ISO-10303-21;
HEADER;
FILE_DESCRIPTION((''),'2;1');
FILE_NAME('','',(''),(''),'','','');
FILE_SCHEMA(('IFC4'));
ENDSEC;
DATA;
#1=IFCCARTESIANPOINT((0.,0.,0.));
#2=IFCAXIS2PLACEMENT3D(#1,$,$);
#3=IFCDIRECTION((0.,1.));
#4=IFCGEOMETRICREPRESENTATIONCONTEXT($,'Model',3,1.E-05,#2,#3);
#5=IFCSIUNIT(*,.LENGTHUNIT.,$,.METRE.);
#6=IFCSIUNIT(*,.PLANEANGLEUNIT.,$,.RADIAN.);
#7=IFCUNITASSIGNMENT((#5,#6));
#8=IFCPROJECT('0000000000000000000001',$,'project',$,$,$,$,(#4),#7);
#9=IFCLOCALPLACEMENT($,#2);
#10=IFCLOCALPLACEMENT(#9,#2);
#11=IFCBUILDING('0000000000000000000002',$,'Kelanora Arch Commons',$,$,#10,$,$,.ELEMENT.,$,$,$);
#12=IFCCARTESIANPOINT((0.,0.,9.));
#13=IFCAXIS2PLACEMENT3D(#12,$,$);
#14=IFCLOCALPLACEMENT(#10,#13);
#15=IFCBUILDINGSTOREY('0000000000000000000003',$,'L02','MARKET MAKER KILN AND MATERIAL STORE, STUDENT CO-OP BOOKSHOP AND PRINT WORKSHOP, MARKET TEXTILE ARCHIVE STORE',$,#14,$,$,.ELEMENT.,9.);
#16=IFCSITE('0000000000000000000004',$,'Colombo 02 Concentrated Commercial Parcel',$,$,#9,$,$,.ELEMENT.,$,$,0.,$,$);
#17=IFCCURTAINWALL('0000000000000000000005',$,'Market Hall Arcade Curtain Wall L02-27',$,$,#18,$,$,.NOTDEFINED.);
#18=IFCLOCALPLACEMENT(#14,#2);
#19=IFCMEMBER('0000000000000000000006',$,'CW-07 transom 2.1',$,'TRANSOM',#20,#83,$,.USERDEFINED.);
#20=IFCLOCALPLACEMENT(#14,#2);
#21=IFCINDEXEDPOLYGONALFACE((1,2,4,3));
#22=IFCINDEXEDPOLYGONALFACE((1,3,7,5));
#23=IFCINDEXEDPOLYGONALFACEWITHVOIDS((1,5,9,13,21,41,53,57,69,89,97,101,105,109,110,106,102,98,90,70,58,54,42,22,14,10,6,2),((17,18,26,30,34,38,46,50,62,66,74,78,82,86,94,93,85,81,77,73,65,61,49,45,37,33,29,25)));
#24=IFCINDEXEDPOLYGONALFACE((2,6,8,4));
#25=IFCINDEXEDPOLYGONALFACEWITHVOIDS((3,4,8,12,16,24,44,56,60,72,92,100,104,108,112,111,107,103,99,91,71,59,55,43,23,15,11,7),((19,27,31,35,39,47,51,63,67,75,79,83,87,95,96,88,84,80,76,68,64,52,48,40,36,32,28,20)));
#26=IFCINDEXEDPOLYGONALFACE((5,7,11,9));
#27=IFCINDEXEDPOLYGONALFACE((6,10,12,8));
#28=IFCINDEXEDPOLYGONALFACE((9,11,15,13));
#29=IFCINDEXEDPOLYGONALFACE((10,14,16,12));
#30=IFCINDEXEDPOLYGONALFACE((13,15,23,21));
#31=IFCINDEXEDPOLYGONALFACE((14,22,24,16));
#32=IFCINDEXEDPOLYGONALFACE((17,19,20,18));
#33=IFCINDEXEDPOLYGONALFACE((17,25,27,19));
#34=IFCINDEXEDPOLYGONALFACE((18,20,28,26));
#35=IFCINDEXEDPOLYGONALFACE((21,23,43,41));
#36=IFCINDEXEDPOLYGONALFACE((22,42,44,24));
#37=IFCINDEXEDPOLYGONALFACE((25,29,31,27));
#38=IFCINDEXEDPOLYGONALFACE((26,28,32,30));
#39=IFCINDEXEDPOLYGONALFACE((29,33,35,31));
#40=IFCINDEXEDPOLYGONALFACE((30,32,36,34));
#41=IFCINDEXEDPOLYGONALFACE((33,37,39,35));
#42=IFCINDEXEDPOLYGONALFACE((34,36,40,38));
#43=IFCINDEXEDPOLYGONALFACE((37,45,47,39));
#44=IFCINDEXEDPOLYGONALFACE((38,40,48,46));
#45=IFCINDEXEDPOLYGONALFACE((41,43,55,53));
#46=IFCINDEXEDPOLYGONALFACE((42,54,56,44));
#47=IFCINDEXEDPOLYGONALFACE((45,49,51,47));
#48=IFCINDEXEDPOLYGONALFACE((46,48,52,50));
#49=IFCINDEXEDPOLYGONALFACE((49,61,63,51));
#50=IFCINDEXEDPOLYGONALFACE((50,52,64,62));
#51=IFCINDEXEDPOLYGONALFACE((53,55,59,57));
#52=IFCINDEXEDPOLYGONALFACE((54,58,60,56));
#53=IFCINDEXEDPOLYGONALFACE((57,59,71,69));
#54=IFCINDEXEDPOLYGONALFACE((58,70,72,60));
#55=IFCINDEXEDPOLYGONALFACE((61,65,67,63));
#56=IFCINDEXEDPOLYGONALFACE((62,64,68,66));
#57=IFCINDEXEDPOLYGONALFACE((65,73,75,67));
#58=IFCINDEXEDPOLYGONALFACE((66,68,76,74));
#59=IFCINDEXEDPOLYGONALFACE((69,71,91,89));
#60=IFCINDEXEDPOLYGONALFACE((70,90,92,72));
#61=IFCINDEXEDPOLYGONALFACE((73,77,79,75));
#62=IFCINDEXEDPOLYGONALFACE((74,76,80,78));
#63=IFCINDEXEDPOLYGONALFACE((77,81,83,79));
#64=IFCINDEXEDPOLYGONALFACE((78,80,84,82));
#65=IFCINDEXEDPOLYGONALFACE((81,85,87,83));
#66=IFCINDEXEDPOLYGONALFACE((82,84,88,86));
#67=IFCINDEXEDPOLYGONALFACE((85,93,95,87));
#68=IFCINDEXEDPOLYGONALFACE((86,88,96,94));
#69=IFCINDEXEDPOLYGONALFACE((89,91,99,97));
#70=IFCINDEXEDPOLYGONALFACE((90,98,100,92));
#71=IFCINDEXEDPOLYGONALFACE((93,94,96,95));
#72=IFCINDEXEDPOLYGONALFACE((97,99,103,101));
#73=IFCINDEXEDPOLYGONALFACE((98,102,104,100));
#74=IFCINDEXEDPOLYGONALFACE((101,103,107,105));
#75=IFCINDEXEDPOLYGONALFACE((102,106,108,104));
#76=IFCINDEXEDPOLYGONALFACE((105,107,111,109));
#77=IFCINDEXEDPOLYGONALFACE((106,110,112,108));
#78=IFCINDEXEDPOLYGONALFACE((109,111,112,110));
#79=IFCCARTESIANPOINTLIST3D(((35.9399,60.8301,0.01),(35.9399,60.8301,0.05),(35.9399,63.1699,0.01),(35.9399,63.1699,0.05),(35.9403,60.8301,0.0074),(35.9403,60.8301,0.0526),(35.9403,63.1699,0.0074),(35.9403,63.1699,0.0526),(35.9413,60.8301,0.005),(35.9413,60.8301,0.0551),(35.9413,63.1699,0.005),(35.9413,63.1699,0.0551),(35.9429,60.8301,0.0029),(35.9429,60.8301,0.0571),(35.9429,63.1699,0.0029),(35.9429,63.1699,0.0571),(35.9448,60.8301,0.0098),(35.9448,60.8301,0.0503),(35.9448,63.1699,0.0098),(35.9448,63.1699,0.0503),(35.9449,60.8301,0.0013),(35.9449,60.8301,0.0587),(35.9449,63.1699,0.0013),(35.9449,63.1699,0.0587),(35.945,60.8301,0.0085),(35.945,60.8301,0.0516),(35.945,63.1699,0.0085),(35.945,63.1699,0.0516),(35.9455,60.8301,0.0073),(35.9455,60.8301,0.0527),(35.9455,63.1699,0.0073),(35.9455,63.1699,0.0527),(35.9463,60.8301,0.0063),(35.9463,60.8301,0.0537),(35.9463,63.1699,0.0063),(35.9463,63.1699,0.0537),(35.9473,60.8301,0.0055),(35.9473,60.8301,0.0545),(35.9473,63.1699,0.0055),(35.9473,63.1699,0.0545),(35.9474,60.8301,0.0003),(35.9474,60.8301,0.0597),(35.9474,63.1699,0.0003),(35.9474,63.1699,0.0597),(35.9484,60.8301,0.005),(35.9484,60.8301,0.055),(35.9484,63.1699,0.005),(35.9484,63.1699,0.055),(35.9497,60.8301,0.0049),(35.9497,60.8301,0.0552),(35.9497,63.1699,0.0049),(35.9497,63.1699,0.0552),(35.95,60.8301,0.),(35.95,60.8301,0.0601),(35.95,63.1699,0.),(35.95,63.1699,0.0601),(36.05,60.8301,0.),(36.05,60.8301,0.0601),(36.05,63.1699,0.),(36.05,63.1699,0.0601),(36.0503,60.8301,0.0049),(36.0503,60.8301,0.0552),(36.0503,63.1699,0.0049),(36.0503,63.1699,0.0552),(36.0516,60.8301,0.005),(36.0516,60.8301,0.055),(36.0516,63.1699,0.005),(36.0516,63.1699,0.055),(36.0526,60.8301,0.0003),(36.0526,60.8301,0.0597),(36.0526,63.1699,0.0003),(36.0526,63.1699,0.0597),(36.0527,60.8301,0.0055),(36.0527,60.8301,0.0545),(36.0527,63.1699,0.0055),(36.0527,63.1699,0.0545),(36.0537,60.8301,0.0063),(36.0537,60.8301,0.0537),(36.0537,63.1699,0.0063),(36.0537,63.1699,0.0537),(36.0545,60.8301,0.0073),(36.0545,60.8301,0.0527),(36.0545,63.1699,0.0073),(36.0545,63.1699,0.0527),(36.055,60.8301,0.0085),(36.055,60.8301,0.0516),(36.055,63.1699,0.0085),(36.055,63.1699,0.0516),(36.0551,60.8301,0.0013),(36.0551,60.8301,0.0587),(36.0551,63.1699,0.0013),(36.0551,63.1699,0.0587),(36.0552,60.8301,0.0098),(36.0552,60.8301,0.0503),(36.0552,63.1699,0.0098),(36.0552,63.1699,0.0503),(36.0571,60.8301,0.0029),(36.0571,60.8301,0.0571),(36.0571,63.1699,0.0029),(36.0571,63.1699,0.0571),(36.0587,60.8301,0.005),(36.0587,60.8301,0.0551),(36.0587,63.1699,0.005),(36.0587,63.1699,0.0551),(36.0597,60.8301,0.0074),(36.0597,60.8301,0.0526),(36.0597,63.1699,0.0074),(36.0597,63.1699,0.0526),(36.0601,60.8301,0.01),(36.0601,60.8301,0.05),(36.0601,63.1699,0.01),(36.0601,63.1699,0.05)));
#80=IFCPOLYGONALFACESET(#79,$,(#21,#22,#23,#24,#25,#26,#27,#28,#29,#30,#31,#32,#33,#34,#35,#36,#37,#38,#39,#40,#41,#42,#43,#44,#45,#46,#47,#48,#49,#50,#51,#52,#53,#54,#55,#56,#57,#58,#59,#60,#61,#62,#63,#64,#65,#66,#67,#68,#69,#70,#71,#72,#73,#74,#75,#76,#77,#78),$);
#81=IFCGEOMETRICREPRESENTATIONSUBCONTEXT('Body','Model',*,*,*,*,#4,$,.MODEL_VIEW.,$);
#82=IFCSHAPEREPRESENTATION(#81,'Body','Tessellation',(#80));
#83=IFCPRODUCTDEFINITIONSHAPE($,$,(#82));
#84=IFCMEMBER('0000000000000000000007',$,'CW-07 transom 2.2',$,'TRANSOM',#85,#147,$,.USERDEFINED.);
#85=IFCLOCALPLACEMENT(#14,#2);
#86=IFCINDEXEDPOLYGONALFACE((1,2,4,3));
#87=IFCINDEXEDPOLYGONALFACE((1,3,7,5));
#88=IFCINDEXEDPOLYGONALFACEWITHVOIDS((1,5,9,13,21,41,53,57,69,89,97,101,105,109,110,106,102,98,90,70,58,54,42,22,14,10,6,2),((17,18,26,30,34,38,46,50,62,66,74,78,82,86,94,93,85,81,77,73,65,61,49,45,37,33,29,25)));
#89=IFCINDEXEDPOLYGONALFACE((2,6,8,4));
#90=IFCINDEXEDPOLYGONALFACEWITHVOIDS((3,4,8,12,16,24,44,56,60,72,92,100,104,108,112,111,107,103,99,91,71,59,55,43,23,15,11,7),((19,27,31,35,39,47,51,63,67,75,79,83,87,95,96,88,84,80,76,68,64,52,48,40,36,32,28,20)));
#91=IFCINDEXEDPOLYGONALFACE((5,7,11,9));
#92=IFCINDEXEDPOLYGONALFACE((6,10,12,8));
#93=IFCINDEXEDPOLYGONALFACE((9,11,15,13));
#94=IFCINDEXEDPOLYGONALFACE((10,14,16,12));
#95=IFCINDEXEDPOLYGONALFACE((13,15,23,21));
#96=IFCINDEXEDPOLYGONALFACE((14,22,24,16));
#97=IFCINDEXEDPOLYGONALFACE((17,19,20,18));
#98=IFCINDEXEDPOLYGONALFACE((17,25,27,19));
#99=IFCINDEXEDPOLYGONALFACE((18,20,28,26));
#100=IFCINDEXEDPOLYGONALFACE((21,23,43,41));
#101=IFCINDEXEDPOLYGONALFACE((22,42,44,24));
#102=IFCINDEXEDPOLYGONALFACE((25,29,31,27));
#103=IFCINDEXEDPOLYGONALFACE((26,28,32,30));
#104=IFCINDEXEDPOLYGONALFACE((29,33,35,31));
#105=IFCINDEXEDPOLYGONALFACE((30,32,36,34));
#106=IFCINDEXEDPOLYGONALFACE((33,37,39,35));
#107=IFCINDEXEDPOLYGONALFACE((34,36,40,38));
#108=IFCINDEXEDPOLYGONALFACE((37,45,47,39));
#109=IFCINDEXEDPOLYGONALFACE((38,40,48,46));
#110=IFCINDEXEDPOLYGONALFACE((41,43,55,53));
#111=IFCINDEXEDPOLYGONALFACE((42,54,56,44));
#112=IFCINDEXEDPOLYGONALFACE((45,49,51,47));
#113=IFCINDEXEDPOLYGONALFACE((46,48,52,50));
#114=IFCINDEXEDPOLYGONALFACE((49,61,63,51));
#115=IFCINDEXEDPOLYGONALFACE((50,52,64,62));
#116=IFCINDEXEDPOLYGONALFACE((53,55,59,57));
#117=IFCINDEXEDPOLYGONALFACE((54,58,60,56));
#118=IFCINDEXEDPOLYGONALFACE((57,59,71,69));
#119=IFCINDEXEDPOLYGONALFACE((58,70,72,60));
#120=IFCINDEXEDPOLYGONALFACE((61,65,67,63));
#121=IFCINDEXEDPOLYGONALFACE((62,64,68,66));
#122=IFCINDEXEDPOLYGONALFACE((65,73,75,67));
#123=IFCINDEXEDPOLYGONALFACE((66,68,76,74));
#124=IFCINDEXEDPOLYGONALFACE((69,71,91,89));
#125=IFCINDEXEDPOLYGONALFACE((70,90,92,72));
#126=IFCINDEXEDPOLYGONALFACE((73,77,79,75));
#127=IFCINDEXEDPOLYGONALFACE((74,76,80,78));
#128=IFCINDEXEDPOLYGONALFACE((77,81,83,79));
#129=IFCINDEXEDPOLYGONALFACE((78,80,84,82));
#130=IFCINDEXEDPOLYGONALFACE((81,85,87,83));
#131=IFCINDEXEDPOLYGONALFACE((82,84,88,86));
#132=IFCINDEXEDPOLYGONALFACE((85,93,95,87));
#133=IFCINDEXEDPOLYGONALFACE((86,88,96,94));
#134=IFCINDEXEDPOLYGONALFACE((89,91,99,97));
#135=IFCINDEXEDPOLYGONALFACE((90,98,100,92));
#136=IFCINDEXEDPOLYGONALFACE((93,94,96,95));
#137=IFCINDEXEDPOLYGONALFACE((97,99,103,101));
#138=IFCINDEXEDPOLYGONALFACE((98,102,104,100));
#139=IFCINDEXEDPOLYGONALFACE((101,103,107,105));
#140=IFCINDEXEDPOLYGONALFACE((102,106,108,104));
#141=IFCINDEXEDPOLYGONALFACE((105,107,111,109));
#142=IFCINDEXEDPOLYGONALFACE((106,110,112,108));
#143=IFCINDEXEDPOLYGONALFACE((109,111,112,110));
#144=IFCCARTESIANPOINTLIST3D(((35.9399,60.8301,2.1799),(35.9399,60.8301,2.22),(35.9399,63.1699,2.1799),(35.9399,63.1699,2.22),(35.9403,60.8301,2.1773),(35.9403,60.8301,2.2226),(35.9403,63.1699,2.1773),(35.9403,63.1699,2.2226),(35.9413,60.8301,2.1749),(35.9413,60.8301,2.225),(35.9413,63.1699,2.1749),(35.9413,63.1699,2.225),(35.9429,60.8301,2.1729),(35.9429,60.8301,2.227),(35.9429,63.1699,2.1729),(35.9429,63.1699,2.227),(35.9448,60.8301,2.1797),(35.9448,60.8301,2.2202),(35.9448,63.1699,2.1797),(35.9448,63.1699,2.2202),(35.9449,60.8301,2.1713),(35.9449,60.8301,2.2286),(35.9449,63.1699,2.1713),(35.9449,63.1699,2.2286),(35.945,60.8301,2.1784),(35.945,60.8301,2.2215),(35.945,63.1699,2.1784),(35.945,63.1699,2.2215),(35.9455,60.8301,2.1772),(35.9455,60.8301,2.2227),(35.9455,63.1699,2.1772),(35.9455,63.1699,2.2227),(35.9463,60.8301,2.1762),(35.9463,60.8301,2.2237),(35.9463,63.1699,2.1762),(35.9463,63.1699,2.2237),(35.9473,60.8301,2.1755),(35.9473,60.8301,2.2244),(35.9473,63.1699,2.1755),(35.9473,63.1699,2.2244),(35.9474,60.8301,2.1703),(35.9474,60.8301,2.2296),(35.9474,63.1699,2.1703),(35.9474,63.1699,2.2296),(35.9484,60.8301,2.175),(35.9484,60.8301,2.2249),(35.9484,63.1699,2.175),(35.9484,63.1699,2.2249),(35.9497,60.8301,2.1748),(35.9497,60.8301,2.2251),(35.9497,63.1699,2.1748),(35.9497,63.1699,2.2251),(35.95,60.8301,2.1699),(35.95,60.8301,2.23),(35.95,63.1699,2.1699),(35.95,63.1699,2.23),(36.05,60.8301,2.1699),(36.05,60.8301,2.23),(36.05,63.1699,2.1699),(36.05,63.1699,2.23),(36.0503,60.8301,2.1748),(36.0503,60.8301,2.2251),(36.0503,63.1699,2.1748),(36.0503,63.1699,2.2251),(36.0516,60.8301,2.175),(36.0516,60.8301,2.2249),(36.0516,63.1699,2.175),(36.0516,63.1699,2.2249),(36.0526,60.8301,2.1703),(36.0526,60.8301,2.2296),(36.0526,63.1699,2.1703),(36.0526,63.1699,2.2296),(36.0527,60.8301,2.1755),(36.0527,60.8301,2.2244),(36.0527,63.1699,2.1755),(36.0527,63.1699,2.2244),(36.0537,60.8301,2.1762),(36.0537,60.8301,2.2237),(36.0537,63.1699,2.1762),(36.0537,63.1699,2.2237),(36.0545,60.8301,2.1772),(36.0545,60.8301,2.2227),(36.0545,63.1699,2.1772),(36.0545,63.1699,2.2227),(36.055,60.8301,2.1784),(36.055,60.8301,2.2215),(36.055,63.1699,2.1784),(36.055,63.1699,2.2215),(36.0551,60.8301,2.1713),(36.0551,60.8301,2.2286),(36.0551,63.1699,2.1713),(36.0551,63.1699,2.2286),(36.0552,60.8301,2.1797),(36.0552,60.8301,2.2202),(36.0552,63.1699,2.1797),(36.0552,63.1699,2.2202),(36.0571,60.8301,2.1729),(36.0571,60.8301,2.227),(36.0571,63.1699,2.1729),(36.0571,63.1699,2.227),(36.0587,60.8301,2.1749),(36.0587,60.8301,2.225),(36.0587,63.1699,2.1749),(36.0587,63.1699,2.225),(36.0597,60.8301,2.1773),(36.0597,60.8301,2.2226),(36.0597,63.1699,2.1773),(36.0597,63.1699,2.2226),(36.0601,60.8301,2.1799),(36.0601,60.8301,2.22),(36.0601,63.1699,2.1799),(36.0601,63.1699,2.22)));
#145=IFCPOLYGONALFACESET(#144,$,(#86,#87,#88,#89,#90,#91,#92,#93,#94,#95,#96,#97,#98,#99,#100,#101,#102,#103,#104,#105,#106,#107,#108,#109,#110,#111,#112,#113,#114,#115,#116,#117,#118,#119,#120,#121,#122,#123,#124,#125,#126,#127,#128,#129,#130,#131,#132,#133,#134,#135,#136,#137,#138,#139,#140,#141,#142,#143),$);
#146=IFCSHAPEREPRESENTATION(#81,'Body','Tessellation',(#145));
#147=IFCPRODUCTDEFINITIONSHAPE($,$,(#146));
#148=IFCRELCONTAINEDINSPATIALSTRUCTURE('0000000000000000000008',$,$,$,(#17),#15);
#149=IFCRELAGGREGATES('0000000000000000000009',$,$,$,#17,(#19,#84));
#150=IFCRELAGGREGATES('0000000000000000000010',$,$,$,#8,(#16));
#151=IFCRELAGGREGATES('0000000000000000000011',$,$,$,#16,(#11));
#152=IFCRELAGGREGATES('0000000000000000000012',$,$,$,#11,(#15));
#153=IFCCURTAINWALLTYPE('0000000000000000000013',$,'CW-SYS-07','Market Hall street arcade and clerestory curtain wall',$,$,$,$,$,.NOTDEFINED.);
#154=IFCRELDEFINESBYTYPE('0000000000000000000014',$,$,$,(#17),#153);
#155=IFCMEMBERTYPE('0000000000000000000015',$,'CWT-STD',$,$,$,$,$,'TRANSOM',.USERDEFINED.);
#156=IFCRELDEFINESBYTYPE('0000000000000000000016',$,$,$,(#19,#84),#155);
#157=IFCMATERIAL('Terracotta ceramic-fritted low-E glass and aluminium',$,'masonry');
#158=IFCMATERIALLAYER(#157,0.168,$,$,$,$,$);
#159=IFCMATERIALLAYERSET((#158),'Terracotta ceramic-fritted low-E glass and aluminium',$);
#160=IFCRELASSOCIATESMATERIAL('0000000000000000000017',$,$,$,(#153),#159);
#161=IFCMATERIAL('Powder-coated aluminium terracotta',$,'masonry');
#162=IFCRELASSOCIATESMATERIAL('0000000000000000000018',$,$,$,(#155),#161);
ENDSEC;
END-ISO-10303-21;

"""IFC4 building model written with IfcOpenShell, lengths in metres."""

from ifc_helpers import new_model, si_unit, direction, frame, origin, origin_2d, place, context, subcontext, project, spatial, hollow_rectangle, extrude, material, layer, layer_set, material_profile, profile_set, type_object, element, aggregate, save


model = new_model("IFC4")

# Units and contexts
model_context = context("Model", 3, precision=1e-05, world=origin(), true_north=direction((0.0, 1.0)))
body_context = subcontext(model_context, "Body", "Model", "MODEL_VIEW")
ifc_project = project(units=[si_unit("LENGTHUNIT", "METRE"), si_unit("PLANEANGLEUNIT", "RADIAN")], contexts=[model_context])

# Site, building, storey
site_placement = place(None, origin())
site = spatial("IfcSite", under=ifc_project, at=site_placement, Name="Colombo 02 Concentrated Commercial Parcel", CompositionType="ELEMENT", RefElevation=0.0)
building_placement = place(site_placement, origin())
building = spatial("IfcBuilding", under=site, at=building_placement, Name="Kelanora Arch Commons", CompositionType="ELEMENT")
storey_placement = place(building_placement, frame((0.0, 0.0, 9.0)))
storey = spatial("IfcBuildingStorey", under=building, at=storey_placement, Name="L02", Description="MARKET MAKER KILN AND MATERIAL STORE, STUDENT CO-OP BOOKSHOP AND PRINT WORKSHOP, MARKET TEXTILE ARCHIVE STORE", CompositionType="ELEMENT", Elevation=9.0)

# Curtain wall, members
ifc_material_1 = material(Name="Terracotta ceramic-fritted low-E glass and aluminium", Category="masonry")
ifc_layer_1 = layer(ifc_material_1, 0.168)
ifc_layer_set_1 = layer_set([ifc_layer_1], Name="Terracotta ceramic-fritted low-E glass and aluminium")
curtain_wall_type = type_object("IfcCurtainWallType", Name="CW-SYS-07", Description="Market Hall street arcade and clerestory curtain wall", PredefinedType="NOTDEFINED", material=ifc_layer_set_1)
curtain_wall_placement = place(storey_placement, origin())
curtain_wall = element("IfcCurtainWall", 1, at=curtain_wall_placement, inside=storey, type_object=curtain_wall_type, Name="Market Hall Arcade Curtain Wall L02-27", PredefinedType="NOTDEFINED")
ifc_material_2 = material(Name="Powder-coated aluminium terracotta", Category="masonry")
ifc_material_profile_1 = material_profile(ifc_material_2, hollow_rectangle(XDim=0.1201, YDim=0.0601, WallThickness=0.0049, InnerFilletRadius=0.0049, OuterFilletRadius=0.01, at=origin_2d()), Name="CWT120x60")
ifc_profile_set_1 = profile_set([ifc_material_profile_1], Name="Powder-coated aluminium terracotta")
member_type_1 = type_object("IfcMemberType", Name="CWT-STD", ElementType="TRANSOM", PredefinedType="USERDEFINED", material=ifc_profile_set_1)
member_1_placement = place(storey_placement, frame((36.0, 60.8301, 0.03), z_axis=(0.0, 1.0, 0.0), x_axis=(-1.0, 0.0, 0.0)))
member_1 = element("IfcMember", 2, at=member_1_placement, type_object=member_type_1, Name="CW-07 transom 2.1", ObjectType="TRANSOM", PredefinedType="USERDEFINED", context=body_context, shape_type="SweptSolid", body=[
    extrude(hollow_rectangle(XDim=0.1201, YDim=0.0601, WallThickness=0.0049, InnerFilletRadius=0.0049, OuterFilletRadius=0.01, at=origin_2d()), origin(), (0.0, 0.0, 1.0), 2.3398),
])
member_2_placement = place(storey_placement, frame((36.0, 60.8301, 2.2), z_axis=(0.0, 1.0, 0.0), x_axis=(-1.0, 0.0, 0.0)))
member_2 = element("IfcMember", 3, at=member_2_placement, type_object=member_type_1, Name="CW-07 transom 2.2", ObjectType="TRANSOM", PredefinedType="USERDEFINED", context=body_context, shape_type="SweptSolid", body=[
    extrude(hollow_rectangle(XDim=0.1201, YDim=0.0601, WallThickness=0.0049, InnerFilletRadius=0.0049, OuterFilletRadius=0.01, at=origin_2d()), origin(), (0.0, 0.0, 1.0), 2.3398),
])
aggregate(curtain_wall, [member_1, member_2])

save(model, "model.ifc")
